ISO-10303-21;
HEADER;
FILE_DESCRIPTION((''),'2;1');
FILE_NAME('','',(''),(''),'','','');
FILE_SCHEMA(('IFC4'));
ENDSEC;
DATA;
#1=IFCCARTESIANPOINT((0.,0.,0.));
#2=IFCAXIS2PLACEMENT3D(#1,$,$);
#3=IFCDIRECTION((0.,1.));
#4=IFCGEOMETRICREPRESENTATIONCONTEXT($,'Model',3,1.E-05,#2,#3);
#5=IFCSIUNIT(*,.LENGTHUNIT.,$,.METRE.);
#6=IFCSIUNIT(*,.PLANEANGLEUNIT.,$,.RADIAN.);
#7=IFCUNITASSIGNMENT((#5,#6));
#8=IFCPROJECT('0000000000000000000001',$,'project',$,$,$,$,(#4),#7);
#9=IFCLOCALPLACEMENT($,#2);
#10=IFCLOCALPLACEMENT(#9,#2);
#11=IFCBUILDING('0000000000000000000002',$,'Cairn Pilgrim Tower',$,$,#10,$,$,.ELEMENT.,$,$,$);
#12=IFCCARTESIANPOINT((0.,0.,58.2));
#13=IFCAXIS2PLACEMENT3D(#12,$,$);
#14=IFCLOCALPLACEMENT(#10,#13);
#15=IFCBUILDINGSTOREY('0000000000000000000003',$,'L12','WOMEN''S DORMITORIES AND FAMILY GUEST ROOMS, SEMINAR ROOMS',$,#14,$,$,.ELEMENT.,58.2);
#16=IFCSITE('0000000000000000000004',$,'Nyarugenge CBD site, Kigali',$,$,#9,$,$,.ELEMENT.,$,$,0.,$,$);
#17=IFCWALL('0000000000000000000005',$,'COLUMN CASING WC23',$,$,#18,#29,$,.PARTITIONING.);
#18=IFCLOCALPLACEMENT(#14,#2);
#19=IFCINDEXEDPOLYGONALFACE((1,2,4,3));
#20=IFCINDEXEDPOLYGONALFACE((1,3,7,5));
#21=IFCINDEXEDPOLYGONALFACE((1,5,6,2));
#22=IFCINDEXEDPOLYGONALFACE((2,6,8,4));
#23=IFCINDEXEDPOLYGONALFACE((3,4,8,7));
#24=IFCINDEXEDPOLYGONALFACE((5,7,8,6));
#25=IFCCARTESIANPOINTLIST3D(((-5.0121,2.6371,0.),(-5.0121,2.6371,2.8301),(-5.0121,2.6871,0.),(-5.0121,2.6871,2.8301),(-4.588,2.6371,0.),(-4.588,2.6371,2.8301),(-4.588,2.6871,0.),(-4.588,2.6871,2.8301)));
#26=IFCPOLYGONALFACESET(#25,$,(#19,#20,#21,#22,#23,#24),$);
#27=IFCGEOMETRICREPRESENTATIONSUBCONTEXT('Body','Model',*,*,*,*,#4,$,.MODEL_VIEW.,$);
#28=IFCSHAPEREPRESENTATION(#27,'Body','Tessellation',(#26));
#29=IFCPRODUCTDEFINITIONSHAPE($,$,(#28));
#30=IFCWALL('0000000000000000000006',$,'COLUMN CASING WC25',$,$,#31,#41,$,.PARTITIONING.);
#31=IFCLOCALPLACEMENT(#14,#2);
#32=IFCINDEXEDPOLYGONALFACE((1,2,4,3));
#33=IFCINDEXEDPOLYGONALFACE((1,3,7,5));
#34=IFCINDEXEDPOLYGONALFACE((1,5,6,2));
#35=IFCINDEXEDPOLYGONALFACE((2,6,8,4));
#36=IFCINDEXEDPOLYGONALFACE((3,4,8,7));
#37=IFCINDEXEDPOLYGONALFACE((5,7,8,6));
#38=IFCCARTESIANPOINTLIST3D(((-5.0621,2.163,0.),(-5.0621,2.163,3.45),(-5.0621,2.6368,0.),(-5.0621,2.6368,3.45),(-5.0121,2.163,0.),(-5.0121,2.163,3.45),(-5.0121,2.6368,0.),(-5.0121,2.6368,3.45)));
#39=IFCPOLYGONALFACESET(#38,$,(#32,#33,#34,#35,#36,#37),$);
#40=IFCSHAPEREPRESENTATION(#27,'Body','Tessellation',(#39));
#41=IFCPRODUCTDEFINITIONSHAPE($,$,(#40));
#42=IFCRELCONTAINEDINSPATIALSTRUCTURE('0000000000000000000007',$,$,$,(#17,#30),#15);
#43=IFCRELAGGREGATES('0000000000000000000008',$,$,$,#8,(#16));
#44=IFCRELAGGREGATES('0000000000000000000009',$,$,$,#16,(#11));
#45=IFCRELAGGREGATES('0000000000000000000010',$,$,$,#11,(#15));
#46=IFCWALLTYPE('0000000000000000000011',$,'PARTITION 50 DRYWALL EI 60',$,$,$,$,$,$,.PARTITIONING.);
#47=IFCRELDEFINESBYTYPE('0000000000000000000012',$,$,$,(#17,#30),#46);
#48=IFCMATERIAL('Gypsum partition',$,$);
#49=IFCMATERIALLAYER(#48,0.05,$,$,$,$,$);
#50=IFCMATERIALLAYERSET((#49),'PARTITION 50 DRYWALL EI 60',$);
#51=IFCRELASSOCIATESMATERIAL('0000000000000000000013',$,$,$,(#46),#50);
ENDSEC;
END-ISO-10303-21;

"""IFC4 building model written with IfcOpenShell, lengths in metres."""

from ifc_helpers import new_model, si_unit, direction, frame, frame_2d, origin, place, context, subcontext, project, spatial, rectangle, extrude, material, layer, layer_set, type_object, element, save


model = new_model("IFC4")

# Units and contexts
model_context = context("Model", 3, precision=1e-05, world=origin(), true_north=direction((0.0, 1.0)))
body_context = subcontext(model_context, "Body", "Model", "MODEL_VIEW")
ifc_project = project(units=[si_unit("LENGTHUNIT", "METRE"), si_unit("PLANEANGLEUNIT", "RADIAN")], contexts=[model_context])

# Site, building, storey
site_placement = place(None, origin())
site = spatial("IfcSite", under=ifc_project, at=site_placement, Name="Nyarugenge CBD site, Kigali", CompositionType="ELEMENT", RefElevation=0.0)
building_placement = place(site_placement, origin())
building = spatial("IfcBuilding", under=site, at=building_placement, Name="Cairn Pilgrim Tower", CompositionType="ELEMENT")
storey_placement = place(building_placement, frame((0.0, 0.0, 58.2)))
storey = spatial("IfcBuildingStorey", under=building, at=storey_placement, Name="L12", Description="WOMEN'S DORMITORIES AND FAMILY GUEST ROOMS, SEMINAR ROOMS", CompositionType="ELEMENT", Elevation=58.2)

# Shared definitions
ifc_material_1 = material(Name="Gypsum partition")

# Walls
ifc_layer_1 = layer(ifc_material_1, 0.05)
ifc_layer_set_1 = layer_set([ifc_layer_1], Name="PARTITION 50 DRYWALL EI 60")
wall_type_1 = type_object("IfcWallType", Name="PARTITION 50 DRYWALL EI 60", PredefinedType="PARTITIONING", material=ifc_layer_set_1)
wall_1_placement = place(storey_placement, frame((-5.012, 2.6621, 0.0), z_axis=(0.0, 0.0, 1.0), x_axis=(1.0, 0.0, 0.0)))
element("IfcWall", 1, at=wall_1_placement, inside=storey, type_object=wall_type_1, Name="COLUMN CASING WC23", PredefinedType="PARTITIONING", context=body_context, shape_type="SweptSolid", body=[
    extrude(rectangle(XDim=0.4241, YDim=0.05, at=frame_2d((0.2119, 0.0))), origin(), (0.0, 0.0, 1.0), 2.8301),
])
wall_2_placement = place(storey_placement, frame((-5.0371, 2.1631, 0.0), z_axis=(0.0, 0.0, 1.0), x_axis=(0.0, 1.0, 0.0)))
element("IfcWall", 2, at=wall_2_placement, inside=storey, type_object=wall_type_1, Name="COLUMN CASING WC25", PredefinedType="PARTITIONING", context=body_context, shape_type="SweptSolid", body=[
    extrude(rectangle(XDim=0.4739, YDim=0.05, at=frame_2d((0.2368, 0.0))), origin(), (0.0, 0.0, 1.0), 3.45),
])

save(model, "model.ifc")
